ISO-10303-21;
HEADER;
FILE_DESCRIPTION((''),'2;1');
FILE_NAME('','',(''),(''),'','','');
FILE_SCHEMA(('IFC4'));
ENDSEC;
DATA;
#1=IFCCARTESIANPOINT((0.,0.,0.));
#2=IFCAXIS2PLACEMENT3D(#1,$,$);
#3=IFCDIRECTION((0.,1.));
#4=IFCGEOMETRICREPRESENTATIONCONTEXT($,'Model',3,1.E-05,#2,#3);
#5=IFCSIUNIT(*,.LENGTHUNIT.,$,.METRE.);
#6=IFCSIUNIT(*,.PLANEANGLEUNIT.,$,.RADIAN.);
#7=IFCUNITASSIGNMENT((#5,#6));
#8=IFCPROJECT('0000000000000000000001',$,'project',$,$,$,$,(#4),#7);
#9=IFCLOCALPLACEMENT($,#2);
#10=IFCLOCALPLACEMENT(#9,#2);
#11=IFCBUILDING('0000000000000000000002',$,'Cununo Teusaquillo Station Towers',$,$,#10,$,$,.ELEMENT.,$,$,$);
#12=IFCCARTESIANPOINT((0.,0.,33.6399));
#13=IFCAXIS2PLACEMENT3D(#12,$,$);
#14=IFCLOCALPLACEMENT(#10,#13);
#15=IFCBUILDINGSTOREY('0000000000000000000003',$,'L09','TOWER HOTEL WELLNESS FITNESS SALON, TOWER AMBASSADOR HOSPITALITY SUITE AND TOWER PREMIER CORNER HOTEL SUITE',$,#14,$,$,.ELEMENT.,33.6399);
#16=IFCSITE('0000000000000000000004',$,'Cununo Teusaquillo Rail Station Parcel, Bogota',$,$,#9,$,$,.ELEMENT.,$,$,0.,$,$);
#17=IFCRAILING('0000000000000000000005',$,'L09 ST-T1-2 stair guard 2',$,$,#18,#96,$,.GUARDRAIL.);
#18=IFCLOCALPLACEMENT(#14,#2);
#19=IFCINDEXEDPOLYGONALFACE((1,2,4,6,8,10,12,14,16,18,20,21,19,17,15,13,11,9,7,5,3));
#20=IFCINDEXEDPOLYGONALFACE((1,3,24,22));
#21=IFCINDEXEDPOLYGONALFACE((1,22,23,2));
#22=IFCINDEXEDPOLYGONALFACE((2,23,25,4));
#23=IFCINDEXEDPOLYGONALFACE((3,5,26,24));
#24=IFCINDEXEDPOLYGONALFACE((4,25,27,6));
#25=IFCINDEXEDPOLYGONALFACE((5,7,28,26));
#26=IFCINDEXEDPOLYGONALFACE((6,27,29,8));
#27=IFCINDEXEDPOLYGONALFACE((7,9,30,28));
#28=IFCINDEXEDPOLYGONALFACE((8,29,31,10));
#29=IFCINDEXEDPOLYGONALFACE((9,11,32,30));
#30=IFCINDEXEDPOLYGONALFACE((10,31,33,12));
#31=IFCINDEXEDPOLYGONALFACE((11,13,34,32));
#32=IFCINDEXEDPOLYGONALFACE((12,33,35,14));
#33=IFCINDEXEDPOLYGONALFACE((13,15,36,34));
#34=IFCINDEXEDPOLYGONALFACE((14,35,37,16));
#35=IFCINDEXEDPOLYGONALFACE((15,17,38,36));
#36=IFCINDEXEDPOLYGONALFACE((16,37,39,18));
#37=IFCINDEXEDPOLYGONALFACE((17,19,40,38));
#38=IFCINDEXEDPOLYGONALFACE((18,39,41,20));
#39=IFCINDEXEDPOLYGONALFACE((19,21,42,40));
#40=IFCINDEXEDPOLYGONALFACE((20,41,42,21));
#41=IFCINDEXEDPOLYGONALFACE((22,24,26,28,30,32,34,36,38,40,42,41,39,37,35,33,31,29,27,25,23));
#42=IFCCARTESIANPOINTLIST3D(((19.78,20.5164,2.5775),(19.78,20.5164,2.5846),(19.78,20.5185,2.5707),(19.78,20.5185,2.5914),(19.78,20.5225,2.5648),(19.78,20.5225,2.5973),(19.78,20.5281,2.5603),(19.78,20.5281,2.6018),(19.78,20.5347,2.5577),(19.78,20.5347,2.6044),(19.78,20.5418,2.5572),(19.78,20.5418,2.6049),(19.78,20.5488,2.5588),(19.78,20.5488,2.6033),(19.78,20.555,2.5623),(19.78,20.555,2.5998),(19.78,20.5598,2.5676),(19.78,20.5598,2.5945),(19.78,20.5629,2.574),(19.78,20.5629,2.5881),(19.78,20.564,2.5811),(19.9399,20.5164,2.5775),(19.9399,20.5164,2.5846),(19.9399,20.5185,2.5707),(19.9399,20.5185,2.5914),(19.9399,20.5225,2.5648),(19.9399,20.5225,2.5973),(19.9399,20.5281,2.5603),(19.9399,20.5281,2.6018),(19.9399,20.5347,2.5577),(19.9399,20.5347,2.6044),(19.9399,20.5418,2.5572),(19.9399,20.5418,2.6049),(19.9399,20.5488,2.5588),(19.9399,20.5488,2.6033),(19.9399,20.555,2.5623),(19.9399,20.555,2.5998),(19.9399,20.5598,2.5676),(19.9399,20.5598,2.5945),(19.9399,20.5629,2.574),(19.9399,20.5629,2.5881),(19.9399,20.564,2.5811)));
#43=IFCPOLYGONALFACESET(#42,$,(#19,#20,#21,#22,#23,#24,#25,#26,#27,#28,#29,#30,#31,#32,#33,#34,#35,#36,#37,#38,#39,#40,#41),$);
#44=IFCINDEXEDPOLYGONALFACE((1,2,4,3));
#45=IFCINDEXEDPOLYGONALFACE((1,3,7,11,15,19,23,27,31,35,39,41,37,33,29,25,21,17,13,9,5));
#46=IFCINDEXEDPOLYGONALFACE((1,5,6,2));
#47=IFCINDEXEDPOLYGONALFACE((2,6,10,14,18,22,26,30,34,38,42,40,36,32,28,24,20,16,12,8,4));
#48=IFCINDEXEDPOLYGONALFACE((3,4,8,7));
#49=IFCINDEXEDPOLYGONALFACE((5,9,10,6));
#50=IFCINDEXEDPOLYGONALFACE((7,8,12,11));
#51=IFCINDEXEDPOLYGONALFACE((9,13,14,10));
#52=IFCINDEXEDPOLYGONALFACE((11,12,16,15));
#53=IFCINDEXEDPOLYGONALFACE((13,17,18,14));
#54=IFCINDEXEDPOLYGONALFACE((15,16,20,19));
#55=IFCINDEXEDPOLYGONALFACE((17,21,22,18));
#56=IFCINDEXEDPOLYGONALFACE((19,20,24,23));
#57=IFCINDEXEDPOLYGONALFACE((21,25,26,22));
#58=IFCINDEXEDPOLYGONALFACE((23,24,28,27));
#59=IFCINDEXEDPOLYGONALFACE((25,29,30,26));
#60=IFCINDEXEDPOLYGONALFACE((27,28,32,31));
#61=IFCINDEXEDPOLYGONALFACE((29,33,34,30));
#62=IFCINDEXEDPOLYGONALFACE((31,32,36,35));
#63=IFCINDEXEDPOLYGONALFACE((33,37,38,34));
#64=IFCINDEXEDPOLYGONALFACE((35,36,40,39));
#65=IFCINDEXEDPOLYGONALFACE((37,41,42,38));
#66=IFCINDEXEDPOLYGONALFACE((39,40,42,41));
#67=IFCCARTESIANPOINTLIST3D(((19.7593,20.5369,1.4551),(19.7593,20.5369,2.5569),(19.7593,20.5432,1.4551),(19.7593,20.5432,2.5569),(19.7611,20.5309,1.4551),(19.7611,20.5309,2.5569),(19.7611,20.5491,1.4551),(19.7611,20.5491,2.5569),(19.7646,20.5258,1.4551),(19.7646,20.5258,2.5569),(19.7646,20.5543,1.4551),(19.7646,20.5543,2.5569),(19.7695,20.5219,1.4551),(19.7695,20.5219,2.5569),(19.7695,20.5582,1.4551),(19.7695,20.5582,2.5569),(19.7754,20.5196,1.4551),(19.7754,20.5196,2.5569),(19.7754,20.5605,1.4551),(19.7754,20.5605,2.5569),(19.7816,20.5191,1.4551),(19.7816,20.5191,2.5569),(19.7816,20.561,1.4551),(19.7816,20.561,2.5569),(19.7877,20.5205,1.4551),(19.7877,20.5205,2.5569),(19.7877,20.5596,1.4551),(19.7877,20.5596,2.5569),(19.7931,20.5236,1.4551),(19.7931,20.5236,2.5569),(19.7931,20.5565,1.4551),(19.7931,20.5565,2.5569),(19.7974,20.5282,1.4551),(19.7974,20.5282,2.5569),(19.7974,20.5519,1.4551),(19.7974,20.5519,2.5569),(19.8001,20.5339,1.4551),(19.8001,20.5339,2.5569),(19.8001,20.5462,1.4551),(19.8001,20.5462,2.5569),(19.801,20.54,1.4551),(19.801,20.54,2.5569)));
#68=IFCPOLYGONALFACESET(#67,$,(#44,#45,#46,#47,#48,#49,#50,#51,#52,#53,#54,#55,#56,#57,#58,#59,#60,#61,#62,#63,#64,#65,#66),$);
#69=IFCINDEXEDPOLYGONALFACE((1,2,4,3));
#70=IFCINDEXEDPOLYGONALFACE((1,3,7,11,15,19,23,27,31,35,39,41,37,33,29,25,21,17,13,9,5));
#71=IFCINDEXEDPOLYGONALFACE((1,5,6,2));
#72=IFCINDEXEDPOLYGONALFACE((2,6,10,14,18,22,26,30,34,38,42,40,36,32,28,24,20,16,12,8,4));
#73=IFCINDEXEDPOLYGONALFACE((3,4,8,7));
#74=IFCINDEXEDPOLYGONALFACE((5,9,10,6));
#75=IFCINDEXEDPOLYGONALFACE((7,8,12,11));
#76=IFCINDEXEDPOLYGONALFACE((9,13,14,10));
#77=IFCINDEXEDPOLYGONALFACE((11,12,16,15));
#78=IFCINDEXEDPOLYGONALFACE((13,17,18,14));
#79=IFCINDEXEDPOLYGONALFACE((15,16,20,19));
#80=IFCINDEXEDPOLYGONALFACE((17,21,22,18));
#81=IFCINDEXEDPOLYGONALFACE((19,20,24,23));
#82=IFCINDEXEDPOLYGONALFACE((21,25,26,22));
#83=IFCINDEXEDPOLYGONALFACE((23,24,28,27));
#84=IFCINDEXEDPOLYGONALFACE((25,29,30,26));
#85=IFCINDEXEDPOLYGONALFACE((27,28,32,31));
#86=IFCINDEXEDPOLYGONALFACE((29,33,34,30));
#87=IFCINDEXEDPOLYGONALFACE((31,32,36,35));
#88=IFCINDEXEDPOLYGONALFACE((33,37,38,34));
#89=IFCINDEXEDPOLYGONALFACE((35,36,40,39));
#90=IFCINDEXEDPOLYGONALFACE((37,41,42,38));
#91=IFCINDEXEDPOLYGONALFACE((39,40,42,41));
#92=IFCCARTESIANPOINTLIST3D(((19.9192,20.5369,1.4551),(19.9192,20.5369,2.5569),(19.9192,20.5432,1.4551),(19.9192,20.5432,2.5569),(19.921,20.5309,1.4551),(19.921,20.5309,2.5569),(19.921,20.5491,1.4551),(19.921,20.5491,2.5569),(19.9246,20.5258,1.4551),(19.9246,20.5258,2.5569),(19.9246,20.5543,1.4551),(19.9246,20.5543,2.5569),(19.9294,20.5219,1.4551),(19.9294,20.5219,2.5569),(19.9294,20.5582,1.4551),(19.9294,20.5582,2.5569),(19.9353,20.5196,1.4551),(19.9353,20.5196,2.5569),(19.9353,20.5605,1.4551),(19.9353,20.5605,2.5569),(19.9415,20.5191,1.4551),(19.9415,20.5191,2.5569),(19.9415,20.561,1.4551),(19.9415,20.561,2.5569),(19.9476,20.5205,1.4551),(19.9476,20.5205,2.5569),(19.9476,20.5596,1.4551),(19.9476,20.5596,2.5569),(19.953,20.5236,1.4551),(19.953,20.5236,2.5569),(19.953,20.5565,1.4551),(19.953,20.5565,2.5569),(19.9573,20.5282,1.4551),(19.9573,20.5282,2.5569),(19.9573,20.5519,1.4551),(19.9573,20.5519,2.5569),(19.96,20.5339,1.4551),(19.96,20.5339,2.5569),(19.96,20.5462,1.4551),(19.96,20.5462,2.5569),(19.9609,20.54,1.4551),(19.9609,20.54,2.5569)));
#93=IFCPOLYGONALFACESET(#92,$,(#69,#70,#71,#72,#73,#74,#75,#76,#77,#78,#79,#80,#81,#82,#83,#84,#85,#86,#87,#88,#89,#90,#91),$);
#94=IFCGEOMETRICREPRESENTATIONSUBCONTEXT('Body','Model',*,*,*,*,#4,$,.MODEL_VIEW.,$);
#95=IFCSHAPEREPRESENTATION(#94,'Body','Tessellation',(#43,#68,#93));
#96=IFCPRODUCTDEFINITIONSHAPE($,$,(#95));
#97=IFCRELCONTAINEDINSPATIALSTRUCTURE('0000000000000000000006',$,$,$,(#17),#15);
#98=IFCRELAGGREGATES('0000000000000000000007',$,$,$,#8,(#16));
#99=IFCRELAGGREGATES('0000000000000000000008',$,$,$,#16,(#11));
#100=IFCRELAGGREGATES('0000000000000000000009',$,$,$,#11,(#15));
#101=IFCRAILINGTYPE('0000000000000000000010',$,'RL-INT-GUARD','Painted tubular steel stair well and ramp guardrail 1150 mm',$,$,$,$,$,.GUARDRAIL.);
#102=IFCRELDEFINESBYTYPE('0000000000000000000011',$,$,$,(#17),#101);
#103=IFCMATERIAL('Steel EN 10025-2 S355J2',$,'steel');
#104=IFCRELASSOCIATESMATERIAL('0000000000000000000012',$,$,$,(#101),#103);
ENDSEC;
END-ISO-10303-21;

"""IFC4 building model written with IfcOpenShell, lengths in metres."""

from ifc_helpers import new_model, si_unit, direction, frame, origin, origin_2d, place, context, subcontext, project, spatial, circle, extrude, material, type_object, element, save


model = new_model("IFC4")

# Units and contexts
model_context = context("Model", 3, precision=1e-05, world=origin(), true_north=direction((0.0, 1.0)))
body_context = subcontext(model_context, "Body", "Model", "MODEL_VIEW")
ifc_project = project(units=[si_unit("LENGTHUNIT", "METRE"), si_unit("PLANEANGLEUNIT", "RADIAN")], contexts=[model_context])

# Site, building, storey
site_placement = place(None, origin())
site = spatial("IfcSite", under=ifc_project, at=site_placement, Name="Cununo Teusaquillo Rail Station Parcel, Bogota", CompositionType="ELEMENT", RefElevation=0.0)
building_placement = place(site_placement, origin())
building = spatial("IfcBuilding", under=site, at=building_placement, Name="Cununo Teusaquillo Station Towers", CompositionType="ELEMENT")
storey_placement = place(building_placement, frame((0.0, 0.0, 33.6399)))
storey = spatial("IfcBuildingStorey", under=building, at=storey_placement, Name="L09", Description="TOWER HOTEL WELLNESS FITNESS SALON, TOWER AMBASSADOR HOSPITALITY SUITE AND TOWER PREMIER CORNER HOTEL SUITE", CompositionType="ELEMENT", Elevation=33.6399)

# Railing
ifc_material_1 = material(Name="Steel EN 10025-2 S355J2", Category="steel")
railing_type_1 = type_object("IfcRailingType", Name="RL-INT-GUARD", Description="Painted tubular steel stair well and ramp guardrail 1150 mm", PredefinedType="GUARDRAIL", material=ifc_material_1)
railing_1_placement = place(storey_placement, frame((19.78, 20.54, 1.4551)))
element("IfcRailing", 1, at=railing_1_placement, inside=storey, type_object=railing_type_1, Name="L09 ST-T1-2 stair guard 2", PredefinedType="GUARDRAIL", context=body_context, shape_type="SweptSolid", body=[
    extrude(circle(Radius=0.0239, at=origin_2d()), frame((0.0, 0.0, 1.126), z_axis=(1.0, 0.0, 0.0), x_axis=(0.0, 1.0, 0.0)), (0.0, 0.0, 1.0), 0.1599),
    extrude(circle(Radius=0.021, at=origin_2d()), origin(), (0.0, 0.0, 1.0), 1.1018),
    extrude(circle(Radius=0.021, at=origin_2d()), frame((0.1599, 0.0, 0.0)), (0.0, 0.0, 1.0), 1.1018),
])

save(model, "model.ifc")
